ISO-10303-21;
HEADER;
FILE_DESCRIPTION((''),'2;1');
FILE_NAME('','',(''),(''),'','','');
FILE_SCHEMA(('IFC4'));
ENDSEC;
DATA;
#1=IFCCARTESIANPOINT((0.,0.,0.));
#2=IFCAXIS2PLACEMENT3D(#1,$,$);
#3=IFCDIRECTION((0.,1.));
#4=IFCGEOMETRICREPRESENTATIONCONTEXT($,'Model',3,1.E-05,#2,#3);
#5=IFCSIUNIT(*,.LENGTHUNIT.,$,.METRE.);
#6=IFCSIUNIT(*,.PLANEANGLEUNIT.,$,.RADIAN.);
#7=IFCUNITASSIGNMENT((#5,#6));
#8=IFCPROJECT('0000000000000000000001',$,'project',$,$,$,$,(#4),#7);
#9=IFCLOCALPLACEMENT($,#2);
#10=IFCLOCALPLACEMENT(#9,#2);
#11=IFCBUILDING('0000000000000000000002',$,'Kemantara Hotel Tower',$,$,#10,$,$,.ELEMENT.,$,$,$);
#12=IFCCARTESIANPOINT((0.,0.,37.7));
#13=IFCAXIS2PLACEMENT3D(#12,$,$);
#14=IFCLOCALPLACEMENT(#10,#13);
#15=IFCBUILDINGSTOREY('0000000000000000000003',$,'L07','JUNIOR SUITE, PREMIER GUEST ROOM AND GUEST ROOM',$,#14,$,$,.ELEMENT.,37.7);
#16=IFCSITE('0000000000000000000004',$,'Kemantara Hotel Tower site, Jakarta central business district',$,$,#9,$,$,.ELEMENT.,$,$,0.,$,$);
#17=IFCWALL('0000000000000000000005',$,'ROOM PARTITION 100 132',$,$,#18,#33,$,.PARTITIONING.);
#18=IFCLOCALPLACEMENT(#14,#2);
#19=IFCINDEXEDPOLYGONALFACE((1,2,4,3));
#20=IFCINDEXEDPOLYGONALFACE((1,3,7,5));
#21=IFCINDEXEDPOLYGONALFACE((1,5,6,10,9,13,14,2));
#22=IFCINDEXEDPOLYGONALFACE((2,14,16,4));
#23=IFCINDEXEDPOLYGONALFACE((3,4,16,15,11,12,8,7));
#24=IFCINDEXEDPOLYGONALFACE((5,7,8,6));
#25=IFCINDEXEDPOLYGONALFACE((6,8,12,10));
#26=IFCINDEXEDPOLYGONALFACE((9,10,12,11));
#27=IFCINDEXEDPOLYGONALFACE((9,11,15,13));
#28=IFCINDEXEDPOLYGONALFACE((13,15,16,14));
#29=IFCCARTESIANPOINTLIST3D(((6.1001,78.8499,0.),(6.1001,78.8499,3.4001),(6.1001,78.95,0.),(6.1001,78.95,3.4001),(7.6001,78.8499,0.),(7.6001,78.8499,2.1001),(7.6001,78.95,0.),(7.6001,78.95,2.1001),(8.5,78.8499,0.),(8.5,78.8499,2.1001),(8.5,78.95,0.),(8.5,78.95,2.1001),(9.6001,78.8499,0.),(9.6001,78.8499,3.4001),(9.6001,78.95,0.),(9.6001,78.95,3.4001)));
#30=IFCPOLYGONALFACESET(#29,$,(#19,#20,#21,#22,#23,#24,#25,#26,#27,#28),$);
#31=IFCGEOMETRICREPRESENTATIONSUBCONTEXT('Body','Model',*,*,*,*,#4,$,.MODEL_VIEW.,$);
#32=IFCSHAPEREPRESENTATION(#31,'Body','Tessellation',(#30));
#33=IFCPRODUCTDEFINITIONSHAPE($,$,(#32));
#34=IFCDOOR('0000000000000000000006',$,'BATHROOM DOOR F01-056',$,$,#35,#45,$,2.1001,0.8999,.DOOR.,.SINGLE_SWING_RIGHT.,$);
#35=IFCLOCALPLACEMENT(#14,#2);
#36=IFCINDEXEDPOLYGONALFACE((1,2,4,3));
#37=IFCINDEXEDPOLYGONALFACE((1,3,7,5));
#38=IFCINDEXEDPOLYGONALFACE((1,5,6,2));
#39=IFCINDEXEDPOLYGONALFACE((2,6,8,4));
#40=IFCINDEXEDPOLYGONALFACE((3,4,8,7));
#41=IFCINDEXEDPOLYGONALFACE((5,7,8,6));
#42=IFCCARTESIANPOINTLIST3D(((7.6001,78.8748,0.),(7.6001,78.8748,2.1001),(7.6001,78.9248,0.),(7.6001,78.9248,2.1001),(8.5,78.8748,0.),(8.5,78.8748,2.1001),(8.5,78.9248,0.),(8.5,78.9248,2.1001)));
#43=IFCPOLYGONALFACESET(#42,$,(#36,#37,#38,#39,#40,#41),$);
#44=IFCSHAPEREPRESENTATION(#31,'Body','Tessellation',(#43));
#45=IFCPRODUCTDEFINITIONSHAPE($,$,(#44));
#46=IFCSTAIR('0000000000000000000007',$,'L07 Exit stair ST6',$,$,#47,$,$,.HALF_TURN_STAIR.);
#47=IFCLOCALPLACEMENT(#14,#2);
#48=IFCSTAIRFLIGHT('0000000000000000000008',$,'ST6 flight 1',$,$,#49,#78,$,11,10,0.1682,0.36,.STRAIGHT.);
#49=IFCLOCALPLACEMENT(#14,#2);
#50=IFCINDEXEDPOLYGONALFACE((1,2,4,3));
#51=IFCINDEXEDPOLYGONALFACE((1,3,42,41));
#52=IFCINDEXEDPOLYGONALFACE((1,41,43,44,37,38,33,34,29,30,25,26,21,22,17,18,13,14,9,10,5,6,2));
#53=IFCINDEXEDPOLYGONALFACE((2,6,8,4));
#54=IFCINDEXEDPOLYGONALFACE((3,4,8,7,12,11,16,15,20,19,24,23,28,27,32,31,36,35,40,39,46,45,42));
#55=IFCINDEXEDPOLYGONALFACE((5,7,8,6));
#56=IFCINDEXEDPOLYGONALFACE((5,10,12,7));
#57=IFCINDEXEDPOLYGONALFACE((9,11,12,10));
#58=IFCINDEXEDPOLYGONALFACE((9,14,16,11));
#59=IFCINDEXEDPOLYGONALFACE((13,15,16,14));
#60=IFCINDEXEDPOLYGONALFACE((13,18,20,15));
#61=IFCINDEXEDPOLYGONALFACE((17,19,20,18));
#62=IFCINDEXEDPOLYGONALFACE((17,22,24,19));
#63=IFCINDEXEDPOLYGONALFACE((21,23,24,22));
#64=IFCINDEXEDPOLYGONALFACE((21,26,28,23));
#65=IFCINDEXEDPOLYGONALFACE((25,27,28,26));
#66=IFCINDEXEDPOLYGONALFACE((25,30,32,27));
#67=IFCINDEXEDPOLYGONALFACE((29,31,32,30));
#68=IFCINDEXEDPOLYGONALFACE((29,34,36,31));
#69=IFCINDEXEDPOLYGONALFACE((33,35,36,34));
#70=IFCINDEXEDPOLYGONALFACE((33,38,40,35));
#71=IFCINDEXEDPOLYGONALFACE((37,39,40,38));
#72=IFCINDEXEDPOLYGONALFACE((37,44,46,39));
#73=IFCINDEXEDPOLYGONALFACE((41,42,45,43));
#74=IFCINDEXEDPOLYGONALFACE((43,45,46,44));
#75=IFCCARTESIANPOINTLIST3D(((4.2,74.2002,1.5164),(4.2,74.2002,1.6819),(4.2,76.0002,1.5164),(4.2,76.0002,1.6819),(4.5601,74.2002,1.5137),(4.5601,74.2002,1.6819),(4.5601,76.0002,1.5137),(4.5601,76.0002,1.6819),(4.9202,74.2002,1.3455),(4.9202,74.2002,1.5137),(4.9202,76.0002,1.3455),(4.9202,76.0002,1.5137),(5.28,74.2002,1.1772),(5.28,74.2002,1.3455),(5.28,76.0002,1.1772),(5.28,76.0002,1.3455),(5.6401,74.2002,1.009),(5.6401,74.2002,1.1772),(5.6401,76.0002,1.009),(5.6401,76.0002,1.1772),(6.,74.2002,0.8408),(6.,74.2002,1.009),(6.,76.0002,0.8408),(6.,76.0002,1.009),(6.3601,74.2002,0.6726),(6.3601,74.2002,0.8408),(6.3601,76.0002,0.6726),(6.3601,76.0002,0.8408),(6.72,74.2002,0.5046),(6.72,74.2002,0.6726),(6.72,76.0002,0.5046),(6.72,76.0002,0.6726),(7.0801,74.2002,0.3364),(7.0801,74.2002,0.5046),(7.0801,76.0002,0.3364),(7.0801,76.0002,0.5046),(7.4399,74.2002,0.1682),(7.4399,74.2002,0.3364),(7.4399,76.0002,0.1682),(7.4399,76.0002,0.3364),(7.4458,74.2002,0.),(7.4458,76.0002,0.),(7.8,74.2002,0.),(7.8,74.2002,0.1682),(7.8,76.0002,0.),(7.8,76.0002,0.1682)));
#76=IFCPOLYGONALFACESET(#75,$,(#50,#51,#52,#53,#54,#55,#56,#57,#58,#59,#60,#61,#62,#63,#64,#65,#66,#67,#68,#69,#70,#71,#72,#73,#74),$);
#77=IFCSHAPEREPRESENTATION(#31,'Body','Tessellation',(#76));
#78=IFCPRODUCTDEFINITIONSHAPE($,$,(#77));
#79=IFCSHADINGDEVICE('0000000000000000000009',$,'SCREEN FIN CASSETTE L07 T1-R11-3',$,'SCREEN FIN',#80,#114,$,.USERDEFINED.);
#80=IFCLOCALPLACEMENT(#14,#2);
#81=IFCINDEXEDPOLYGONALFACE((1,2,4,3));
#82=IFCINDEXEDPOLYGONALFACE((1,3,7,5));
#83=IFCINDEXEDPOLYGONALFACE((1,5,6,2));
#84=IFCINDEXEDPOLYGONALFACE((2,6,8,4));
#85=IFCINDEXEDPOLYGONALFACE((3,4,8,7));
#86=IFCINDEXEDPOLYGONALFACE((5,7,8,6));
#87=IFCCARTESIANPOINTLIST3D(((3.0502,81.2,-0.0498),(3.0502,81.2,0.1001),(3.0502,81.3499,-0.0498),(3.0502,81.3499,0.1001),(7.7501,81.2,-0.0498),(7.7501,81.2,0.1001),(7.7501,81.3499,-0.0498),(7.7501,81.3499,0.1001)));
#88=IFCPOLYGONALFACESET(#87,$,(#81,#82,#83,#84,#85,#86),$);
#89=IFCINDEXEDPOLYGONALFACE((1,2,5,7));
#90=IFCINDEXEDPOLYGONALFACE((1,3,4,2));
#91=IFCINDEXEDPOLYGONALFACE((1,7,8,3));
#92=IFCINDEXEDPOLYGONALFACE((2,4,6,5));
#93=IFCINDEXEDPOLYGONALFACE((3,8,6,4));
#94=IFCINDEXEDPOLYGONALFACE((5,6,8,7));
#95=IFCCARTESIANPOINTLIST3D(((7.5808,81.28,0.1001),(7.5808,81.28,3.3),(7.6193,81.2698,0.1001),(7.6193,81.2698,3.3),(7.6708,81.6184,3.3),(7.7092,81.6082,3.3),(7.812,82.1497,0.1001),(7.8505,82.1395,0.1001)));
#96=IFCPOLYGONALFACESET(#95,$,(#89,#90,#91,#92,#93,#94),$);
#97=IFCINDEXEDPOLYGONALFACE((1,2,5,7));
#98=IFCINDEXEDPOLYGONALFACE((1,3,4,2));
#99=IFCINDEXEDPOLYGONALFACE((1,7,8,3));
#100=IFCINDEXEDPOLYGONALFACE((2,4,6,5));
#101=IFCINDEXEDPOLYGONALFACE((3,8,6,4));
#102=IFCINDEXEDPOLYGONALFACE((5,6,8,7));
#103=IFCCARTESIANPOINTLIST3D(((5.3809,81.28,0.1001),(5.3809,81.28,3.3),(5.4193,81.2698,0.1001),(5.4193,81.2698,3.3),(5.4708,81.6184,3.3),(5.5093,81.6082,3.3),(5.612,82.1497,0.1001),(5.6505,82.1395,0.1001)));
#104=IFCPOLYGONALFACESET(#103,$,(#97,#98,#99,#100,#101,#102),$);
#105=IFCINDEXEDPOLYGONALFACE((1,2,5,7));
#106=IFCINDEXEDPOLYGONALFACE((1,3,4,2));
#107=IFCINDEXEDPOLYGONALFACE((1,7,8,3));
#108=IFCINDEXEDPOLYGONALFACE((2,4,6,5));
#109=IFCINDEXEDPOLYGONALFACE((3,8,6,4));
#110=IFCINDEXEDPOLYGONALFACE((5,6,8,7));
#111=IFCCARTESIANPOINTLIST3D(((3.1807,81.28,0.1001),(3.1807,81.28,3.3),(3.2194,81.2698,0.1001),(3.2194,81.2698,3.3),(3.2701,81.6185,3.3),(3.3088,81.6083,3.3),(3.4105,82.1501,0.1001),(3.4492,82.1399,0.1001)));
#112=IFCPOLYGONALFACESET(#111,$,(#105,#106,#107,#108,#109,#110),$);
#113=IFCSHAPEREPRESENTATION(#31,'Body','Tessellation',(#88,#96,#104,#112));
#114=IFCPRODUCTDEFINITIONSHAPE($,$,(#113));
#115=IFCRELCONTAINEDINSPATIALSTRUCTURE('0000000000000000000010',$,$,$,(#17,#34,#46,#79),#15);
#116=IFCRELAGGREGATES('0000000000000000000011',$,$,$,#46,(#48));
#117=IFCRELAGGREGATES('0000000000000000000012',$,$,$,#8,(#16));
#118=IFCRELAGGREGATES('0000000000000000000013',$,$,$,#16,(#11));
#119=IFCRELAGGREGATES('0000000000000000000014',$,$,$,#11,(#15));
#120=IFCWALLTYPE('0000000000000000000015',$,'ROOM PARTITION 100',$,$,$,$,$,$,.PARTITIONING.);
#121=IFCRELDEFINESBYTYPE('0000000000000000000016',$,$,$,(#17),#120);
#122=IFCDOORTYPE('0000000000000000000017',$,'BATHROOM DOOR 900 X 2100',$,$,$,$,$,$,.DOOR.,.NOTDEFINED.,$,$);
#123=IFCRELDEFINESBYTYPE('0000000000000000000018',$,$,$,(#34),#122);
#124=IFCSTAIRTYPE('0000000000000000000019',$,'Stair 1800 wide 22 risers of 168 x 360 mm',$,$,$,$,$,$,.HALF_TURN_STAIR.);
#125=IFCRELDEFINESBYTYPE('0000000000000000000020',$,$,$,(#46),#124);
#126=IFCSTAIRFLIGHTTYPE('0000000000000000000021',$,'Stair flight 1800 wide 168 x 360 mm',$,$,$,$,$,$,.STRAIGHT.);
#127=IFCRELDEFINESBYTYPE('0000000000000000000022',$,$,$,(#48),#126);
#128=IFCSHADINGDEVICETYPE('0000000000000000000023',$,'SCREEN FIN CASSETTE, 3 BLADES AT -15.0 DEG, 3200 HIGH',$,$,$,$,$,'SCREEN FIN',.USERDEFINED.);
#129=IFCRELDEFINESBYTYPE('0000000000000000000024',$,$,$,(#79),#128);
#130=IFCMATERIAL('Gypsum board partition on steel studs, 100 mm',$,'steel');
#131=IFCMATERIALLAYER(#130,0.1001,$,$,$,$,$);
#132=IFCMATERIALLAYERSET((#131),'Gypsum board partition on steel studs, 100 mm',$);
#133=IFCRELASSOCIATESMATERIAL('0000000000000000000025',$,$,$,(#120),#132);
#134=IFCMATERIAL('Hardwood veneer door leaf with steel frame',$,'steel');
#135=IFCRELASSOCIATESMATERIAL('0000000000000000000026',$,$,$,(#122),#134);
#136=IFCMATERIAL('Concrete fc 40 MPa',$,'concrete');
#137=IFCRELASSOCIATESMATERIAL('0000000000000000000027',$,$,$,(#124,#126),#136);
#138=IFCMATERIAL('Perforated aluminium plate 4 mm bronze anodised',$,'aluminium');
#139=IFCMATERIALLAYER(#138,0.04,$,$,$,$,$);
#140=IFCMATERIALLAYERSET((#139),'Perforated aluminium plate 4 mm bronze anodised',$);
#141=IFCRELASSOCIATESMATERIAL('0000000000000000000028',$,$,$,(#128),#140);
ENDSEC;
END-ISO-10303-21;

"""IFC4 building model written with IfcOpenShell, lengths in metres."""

from ifc_helpers import new_model, si_unit, direction, frame, frame_2d, origin, origin_2d, place, context, subcontext, project, spatial, polyline, rectangle, outline, extrude, source, transform, mapped, material, layer, layer_set, type_object, element, fill, aggregate, save


model = new_model("IFC4")

# Units and contexts
model_context = context("Model", 3, precision=1e-05, world=origin(), true_north=direction((0.0, 1.0)))
body_context = subcontext(model_context, "Body", "Model", "MODEL_VIEW")
ifc_project = project(units=[si_unit("LENGTHUNIT", "METRE"), si_unit("PLANEANGLEUNIT", "RADIAN")], contexts=[model_context])

# Site, building, storey
site_placement = place(None, origin())
site = spatial("IfcSite", under=ifc_project, at=site_placement, Name="Kemantara Hotel Tower site, Jakarta central business district", CompositionType="ELEMENT", RefElevation=0.0)
building_placement = place(site_placement, origin())
building = spatial("IfcBuilding", under=site, at=building_placement, Name="Kemantara Hotel Tower", CompositionType="ELEMENT")
storey_placement = place(building_placement, frame((0.0, 0.0, 37.7)))
storey = spatial("IfcBuildingStorey", under=building, at=storey_placement, Name="L07", Description="JUNIOR SUITE, PREMIER GUEST ROOM AND GUEST ROOM", CompositionType="ELEMENT", Elevation=37.7)

# Wall, opening, door
ifc_material_1 = material(Name="Hardwood veneer door leaf with steel frame", Category="steel")
ifc_material_2 = material(Name="Concrete fc 40 MPa", Category="concrete")
ifc_material_3 = material(Name="Gypsum board partition on steel studs, 100 mm", Category="steel")
ifc_layer_1 = layer(ifc_material_3, 0.1001)
ifc_layer_set_1 = layer_set([ifc_layer_1], Name="Gypsum board partition on steel studs, 100 mm")
wall_type_1 = type_object("IfcWallType", Name="ROOM PARTITION 100", PredefinedType="PARTITIONING", material=ifc_layer_set_1)
wall_1_placement = place(storey_placement, frame((6.1001, 78.8999, 0.0), z_axis=(0.0, 0.0, 1.0), x_axis=(1.0, 0.0, 0.0)))
wall_1 = element("IfcWall", 1, at=wall_1_placement, inside=storey, type_object=wall_type_1, Name="ROOM PARTITION 100 132", PredefinedType="PARTITIONING", context=body_context, shape_type="SweptSolid", body=[
    extrude(rectangle(XDim=3.5, YDim=0.1001, at=frame_2d((1.75, 0.0))), origin(), (0.0, 0.0, 1.0), 3.4001),
])
opening_1_placement = place(wall_1_placement, frame((1.5, 0.0, 0.0)))
opening_1 = element("IfcOpeningElement", 2, at=opening_1_placement, cuts=wall_1, PredefinedType="OPENING", context=body_context, shape_type="SweptSolid", body=[
    extrude(rectangle(XDim=0.8999, YDim=2.1001, at=frame_2d((0.45, 1.05))), frame((0.0, 0.0601, 0.0), z_axis=(0.0, -1.0, 0.0), x_axis=(1.0, 0.0, 0.0)), (0.0, 0.0, 1.0), 0.1201),
])
door_type_1 = type_object("IfcDoorType", Name="BATHROOM DOOR 900 X 2100", OperationType="NOTDEFINED", PredefinedType="DOOR", material=ifc_material_1)
door_1_placement = place(opening_1_placement, origin())
door_1 = element("IfcDoor", 3, at=door_1_placement, inside=storey, type_object=door_type_1, Name="BATHROOM DOOR F01-056", OperationType="SINGLE_SWING_RIGHT", OverallHeight=2.1001, OverallWidth=0.8999, PredefinedType="DOOR", context=body_context, shape_type="SweptSolid", body=[
    extrude(rectangle(XDim=0.8999, YDim=2.1001, at=frame_2d((0.45, 1.05))), frame((0.0, 0.0249, 0.0), z_axis=(0.0, -1.0, 0.0), x_axis=(1.0, 0.0, 0.0)), (0.0, 0.0, 1.0), 0.05),
])
fill(opening_1, door_1)

# Stair, stair flight
stair_type = type_object("IfcStairType", Name="Stair 1800 wide 22 risers of 168 x 360 mm", PredefinedType="HALF_TURN_STAIR", material=ifc_material_2)
stair_placement = place(storey_placement, origin())
stair = element("IfcStair", 4, at=stair_placement, inside=storey, type_object=stair_type, Name="L07 Exit stair ST6", PredefinedType="HALF_TURN_STAIR")
stair_flight_type = type_object("IfcStairFlightType", Name="Stair flight 1800 wide 168 x 360 mm", PredefinedType="STRAIGHT", material=ifc_material_2)
stair_flight_placement = place(storey_placement, frame((7.8, 75.1001, 0.0), z_axis=(0.0, 0.0, 1.0), x_axis=(-1.0, 0.0, 0.0)))
stair_flight = element("IfcStairFlight", 5, at=stair_flight_placement, type_object=stair_flight_type, Name="ST6 flight 1", NumberOfRisers=11, NumberOfTreads=10, PredefinedType="STRAIGHT", RiserHeight=0.1682, TreadLength=0.36, context=body_context, shape_type="SweptSolid", body=[
    extrude(outline(polyline([(0.0, 0.0), (0.0, 0.1682), (0.3601, 0.1682), (0.3601, 0.3364), (0.72, 0.3364), (0.72, 0.5046), (1.0801, 0.5046), (1.0801, 0.6726), (1.4399, 0.6726), (1.4399, 0.8408), (1.8, 0.8408), (1.8, 1.009), (2.1599, 1.009), (2.1599, 1.1772), (2.52, 1.1772), (2.52, 1.3455), (2.8799, 1.3455), (2.8799, 1.5137), (3.24, 1.5137), (3.24, 1.6819), (3.6001, 1.6819), (3.6001, 1.8501), (3.6001, 1.5164), (0.3542, 0.0), (0.0, 0.0)])), frame((0.0, 0.8999, 0.0), z_axis=(0.0, -1.0, 0.0), x_axis=(1.0, 0.0, 0.0)), (0.0, 0.0, 1.0), 1.8),
])
aggregate(stair, [stair_flight])

# Shading device
ifc_material_4 = material(Name="Perforated aluminium plate 4 mm bronze anodised", Category="aluminium")
ifc_layer_2 = layer(ifc_material_4, 0.04)
ifc_layer_set_2 = layer_set([ifc_layer_2], Name="Perforated aluminium plate 4 mm bronze anodised")
shading_device_type = type_object("IfcShadingDeviceType", Name="SCREEN FIN CASSETTE, 3 BLADES AT -15.0 DEG, 3200 HIGH", ElementType="SCREEN FIN", PredefinedType="USERDEFINED", material=ifc_layer_set_2)
shared_shape_1 = source(origin(), body_context, "Body", "SweptSolid", [
    extrude(rectangle(XDim=4.7, YDim=0.1499, at=origin_2d()), frame((2.2, -0.075, -0.1499), z_axis=(0.0, 0.0, 1.0), x_axis=(1.0, 0.0, 0.0)), (0.0, 0.0, 1.0), 0.1499),
    extrude(outline(polyline([(0.0, 0.0), (0.8999, 0.0), (0.3501, 3.2), (0.0, 3.2), (0.0, 0.0)])), frame((0.0193, -0.0801, 0.0), z_axis=(-0.966438, 0.256901, 0.0), x_axis=(-0.256901, -0.966438, 0.0)), (0.0, 0.0, 1.0), 0.0398),
    extrude(outline(polyline([(0.0, 0.0), (0.8999, 0.0), (0.3501, 3.2), (0.0, 3.2), (0.0, 0.0)])), frame((2.2192, -0.0801, 0.0), z_axis=(-0.966438, 0.256901, 0.0), x_axis=(-0.256901, -0.966438, 0.0)), (0.0, 0.0, 1.0), 0.0398),
    extrude(outline(polyline([(0.0, 0.0), (0.8999, 0.0), (0.3501, 3.2), (0.0, 3.2), (0.0, 0.0)])), frame((4.4194, -0.0801, 0.0), z_axis=(-0.966838, 0.255391, 0.0), x_axis=(-0.255391, -0.966838, 0.0)), (0.0, 0.0, 1.0), 0.04),
])
shading_device_placement = place(storey_placement, frame((7.6001, 81.2, 0.1001), z_axis=(0.0, 0.0, 1.0), x_axis=(-1.0, 0.0, 0.0)))
element("IfcShadingDevice", 6, at=shading_device_placement, inside=storey, type_object=shading_device_type, Name="SCREEN FIN CASSETTE L07 T1-R11-3", ObjectType="SCREEN FIN", PredefinedType="USERDEFINED", context=body_context, shape_type="MappedRepresentation", body=[
    mapped(shared_shape_1, transform((0.0, 0.0, 0.0))),
])

save(model, "model.ifc")
